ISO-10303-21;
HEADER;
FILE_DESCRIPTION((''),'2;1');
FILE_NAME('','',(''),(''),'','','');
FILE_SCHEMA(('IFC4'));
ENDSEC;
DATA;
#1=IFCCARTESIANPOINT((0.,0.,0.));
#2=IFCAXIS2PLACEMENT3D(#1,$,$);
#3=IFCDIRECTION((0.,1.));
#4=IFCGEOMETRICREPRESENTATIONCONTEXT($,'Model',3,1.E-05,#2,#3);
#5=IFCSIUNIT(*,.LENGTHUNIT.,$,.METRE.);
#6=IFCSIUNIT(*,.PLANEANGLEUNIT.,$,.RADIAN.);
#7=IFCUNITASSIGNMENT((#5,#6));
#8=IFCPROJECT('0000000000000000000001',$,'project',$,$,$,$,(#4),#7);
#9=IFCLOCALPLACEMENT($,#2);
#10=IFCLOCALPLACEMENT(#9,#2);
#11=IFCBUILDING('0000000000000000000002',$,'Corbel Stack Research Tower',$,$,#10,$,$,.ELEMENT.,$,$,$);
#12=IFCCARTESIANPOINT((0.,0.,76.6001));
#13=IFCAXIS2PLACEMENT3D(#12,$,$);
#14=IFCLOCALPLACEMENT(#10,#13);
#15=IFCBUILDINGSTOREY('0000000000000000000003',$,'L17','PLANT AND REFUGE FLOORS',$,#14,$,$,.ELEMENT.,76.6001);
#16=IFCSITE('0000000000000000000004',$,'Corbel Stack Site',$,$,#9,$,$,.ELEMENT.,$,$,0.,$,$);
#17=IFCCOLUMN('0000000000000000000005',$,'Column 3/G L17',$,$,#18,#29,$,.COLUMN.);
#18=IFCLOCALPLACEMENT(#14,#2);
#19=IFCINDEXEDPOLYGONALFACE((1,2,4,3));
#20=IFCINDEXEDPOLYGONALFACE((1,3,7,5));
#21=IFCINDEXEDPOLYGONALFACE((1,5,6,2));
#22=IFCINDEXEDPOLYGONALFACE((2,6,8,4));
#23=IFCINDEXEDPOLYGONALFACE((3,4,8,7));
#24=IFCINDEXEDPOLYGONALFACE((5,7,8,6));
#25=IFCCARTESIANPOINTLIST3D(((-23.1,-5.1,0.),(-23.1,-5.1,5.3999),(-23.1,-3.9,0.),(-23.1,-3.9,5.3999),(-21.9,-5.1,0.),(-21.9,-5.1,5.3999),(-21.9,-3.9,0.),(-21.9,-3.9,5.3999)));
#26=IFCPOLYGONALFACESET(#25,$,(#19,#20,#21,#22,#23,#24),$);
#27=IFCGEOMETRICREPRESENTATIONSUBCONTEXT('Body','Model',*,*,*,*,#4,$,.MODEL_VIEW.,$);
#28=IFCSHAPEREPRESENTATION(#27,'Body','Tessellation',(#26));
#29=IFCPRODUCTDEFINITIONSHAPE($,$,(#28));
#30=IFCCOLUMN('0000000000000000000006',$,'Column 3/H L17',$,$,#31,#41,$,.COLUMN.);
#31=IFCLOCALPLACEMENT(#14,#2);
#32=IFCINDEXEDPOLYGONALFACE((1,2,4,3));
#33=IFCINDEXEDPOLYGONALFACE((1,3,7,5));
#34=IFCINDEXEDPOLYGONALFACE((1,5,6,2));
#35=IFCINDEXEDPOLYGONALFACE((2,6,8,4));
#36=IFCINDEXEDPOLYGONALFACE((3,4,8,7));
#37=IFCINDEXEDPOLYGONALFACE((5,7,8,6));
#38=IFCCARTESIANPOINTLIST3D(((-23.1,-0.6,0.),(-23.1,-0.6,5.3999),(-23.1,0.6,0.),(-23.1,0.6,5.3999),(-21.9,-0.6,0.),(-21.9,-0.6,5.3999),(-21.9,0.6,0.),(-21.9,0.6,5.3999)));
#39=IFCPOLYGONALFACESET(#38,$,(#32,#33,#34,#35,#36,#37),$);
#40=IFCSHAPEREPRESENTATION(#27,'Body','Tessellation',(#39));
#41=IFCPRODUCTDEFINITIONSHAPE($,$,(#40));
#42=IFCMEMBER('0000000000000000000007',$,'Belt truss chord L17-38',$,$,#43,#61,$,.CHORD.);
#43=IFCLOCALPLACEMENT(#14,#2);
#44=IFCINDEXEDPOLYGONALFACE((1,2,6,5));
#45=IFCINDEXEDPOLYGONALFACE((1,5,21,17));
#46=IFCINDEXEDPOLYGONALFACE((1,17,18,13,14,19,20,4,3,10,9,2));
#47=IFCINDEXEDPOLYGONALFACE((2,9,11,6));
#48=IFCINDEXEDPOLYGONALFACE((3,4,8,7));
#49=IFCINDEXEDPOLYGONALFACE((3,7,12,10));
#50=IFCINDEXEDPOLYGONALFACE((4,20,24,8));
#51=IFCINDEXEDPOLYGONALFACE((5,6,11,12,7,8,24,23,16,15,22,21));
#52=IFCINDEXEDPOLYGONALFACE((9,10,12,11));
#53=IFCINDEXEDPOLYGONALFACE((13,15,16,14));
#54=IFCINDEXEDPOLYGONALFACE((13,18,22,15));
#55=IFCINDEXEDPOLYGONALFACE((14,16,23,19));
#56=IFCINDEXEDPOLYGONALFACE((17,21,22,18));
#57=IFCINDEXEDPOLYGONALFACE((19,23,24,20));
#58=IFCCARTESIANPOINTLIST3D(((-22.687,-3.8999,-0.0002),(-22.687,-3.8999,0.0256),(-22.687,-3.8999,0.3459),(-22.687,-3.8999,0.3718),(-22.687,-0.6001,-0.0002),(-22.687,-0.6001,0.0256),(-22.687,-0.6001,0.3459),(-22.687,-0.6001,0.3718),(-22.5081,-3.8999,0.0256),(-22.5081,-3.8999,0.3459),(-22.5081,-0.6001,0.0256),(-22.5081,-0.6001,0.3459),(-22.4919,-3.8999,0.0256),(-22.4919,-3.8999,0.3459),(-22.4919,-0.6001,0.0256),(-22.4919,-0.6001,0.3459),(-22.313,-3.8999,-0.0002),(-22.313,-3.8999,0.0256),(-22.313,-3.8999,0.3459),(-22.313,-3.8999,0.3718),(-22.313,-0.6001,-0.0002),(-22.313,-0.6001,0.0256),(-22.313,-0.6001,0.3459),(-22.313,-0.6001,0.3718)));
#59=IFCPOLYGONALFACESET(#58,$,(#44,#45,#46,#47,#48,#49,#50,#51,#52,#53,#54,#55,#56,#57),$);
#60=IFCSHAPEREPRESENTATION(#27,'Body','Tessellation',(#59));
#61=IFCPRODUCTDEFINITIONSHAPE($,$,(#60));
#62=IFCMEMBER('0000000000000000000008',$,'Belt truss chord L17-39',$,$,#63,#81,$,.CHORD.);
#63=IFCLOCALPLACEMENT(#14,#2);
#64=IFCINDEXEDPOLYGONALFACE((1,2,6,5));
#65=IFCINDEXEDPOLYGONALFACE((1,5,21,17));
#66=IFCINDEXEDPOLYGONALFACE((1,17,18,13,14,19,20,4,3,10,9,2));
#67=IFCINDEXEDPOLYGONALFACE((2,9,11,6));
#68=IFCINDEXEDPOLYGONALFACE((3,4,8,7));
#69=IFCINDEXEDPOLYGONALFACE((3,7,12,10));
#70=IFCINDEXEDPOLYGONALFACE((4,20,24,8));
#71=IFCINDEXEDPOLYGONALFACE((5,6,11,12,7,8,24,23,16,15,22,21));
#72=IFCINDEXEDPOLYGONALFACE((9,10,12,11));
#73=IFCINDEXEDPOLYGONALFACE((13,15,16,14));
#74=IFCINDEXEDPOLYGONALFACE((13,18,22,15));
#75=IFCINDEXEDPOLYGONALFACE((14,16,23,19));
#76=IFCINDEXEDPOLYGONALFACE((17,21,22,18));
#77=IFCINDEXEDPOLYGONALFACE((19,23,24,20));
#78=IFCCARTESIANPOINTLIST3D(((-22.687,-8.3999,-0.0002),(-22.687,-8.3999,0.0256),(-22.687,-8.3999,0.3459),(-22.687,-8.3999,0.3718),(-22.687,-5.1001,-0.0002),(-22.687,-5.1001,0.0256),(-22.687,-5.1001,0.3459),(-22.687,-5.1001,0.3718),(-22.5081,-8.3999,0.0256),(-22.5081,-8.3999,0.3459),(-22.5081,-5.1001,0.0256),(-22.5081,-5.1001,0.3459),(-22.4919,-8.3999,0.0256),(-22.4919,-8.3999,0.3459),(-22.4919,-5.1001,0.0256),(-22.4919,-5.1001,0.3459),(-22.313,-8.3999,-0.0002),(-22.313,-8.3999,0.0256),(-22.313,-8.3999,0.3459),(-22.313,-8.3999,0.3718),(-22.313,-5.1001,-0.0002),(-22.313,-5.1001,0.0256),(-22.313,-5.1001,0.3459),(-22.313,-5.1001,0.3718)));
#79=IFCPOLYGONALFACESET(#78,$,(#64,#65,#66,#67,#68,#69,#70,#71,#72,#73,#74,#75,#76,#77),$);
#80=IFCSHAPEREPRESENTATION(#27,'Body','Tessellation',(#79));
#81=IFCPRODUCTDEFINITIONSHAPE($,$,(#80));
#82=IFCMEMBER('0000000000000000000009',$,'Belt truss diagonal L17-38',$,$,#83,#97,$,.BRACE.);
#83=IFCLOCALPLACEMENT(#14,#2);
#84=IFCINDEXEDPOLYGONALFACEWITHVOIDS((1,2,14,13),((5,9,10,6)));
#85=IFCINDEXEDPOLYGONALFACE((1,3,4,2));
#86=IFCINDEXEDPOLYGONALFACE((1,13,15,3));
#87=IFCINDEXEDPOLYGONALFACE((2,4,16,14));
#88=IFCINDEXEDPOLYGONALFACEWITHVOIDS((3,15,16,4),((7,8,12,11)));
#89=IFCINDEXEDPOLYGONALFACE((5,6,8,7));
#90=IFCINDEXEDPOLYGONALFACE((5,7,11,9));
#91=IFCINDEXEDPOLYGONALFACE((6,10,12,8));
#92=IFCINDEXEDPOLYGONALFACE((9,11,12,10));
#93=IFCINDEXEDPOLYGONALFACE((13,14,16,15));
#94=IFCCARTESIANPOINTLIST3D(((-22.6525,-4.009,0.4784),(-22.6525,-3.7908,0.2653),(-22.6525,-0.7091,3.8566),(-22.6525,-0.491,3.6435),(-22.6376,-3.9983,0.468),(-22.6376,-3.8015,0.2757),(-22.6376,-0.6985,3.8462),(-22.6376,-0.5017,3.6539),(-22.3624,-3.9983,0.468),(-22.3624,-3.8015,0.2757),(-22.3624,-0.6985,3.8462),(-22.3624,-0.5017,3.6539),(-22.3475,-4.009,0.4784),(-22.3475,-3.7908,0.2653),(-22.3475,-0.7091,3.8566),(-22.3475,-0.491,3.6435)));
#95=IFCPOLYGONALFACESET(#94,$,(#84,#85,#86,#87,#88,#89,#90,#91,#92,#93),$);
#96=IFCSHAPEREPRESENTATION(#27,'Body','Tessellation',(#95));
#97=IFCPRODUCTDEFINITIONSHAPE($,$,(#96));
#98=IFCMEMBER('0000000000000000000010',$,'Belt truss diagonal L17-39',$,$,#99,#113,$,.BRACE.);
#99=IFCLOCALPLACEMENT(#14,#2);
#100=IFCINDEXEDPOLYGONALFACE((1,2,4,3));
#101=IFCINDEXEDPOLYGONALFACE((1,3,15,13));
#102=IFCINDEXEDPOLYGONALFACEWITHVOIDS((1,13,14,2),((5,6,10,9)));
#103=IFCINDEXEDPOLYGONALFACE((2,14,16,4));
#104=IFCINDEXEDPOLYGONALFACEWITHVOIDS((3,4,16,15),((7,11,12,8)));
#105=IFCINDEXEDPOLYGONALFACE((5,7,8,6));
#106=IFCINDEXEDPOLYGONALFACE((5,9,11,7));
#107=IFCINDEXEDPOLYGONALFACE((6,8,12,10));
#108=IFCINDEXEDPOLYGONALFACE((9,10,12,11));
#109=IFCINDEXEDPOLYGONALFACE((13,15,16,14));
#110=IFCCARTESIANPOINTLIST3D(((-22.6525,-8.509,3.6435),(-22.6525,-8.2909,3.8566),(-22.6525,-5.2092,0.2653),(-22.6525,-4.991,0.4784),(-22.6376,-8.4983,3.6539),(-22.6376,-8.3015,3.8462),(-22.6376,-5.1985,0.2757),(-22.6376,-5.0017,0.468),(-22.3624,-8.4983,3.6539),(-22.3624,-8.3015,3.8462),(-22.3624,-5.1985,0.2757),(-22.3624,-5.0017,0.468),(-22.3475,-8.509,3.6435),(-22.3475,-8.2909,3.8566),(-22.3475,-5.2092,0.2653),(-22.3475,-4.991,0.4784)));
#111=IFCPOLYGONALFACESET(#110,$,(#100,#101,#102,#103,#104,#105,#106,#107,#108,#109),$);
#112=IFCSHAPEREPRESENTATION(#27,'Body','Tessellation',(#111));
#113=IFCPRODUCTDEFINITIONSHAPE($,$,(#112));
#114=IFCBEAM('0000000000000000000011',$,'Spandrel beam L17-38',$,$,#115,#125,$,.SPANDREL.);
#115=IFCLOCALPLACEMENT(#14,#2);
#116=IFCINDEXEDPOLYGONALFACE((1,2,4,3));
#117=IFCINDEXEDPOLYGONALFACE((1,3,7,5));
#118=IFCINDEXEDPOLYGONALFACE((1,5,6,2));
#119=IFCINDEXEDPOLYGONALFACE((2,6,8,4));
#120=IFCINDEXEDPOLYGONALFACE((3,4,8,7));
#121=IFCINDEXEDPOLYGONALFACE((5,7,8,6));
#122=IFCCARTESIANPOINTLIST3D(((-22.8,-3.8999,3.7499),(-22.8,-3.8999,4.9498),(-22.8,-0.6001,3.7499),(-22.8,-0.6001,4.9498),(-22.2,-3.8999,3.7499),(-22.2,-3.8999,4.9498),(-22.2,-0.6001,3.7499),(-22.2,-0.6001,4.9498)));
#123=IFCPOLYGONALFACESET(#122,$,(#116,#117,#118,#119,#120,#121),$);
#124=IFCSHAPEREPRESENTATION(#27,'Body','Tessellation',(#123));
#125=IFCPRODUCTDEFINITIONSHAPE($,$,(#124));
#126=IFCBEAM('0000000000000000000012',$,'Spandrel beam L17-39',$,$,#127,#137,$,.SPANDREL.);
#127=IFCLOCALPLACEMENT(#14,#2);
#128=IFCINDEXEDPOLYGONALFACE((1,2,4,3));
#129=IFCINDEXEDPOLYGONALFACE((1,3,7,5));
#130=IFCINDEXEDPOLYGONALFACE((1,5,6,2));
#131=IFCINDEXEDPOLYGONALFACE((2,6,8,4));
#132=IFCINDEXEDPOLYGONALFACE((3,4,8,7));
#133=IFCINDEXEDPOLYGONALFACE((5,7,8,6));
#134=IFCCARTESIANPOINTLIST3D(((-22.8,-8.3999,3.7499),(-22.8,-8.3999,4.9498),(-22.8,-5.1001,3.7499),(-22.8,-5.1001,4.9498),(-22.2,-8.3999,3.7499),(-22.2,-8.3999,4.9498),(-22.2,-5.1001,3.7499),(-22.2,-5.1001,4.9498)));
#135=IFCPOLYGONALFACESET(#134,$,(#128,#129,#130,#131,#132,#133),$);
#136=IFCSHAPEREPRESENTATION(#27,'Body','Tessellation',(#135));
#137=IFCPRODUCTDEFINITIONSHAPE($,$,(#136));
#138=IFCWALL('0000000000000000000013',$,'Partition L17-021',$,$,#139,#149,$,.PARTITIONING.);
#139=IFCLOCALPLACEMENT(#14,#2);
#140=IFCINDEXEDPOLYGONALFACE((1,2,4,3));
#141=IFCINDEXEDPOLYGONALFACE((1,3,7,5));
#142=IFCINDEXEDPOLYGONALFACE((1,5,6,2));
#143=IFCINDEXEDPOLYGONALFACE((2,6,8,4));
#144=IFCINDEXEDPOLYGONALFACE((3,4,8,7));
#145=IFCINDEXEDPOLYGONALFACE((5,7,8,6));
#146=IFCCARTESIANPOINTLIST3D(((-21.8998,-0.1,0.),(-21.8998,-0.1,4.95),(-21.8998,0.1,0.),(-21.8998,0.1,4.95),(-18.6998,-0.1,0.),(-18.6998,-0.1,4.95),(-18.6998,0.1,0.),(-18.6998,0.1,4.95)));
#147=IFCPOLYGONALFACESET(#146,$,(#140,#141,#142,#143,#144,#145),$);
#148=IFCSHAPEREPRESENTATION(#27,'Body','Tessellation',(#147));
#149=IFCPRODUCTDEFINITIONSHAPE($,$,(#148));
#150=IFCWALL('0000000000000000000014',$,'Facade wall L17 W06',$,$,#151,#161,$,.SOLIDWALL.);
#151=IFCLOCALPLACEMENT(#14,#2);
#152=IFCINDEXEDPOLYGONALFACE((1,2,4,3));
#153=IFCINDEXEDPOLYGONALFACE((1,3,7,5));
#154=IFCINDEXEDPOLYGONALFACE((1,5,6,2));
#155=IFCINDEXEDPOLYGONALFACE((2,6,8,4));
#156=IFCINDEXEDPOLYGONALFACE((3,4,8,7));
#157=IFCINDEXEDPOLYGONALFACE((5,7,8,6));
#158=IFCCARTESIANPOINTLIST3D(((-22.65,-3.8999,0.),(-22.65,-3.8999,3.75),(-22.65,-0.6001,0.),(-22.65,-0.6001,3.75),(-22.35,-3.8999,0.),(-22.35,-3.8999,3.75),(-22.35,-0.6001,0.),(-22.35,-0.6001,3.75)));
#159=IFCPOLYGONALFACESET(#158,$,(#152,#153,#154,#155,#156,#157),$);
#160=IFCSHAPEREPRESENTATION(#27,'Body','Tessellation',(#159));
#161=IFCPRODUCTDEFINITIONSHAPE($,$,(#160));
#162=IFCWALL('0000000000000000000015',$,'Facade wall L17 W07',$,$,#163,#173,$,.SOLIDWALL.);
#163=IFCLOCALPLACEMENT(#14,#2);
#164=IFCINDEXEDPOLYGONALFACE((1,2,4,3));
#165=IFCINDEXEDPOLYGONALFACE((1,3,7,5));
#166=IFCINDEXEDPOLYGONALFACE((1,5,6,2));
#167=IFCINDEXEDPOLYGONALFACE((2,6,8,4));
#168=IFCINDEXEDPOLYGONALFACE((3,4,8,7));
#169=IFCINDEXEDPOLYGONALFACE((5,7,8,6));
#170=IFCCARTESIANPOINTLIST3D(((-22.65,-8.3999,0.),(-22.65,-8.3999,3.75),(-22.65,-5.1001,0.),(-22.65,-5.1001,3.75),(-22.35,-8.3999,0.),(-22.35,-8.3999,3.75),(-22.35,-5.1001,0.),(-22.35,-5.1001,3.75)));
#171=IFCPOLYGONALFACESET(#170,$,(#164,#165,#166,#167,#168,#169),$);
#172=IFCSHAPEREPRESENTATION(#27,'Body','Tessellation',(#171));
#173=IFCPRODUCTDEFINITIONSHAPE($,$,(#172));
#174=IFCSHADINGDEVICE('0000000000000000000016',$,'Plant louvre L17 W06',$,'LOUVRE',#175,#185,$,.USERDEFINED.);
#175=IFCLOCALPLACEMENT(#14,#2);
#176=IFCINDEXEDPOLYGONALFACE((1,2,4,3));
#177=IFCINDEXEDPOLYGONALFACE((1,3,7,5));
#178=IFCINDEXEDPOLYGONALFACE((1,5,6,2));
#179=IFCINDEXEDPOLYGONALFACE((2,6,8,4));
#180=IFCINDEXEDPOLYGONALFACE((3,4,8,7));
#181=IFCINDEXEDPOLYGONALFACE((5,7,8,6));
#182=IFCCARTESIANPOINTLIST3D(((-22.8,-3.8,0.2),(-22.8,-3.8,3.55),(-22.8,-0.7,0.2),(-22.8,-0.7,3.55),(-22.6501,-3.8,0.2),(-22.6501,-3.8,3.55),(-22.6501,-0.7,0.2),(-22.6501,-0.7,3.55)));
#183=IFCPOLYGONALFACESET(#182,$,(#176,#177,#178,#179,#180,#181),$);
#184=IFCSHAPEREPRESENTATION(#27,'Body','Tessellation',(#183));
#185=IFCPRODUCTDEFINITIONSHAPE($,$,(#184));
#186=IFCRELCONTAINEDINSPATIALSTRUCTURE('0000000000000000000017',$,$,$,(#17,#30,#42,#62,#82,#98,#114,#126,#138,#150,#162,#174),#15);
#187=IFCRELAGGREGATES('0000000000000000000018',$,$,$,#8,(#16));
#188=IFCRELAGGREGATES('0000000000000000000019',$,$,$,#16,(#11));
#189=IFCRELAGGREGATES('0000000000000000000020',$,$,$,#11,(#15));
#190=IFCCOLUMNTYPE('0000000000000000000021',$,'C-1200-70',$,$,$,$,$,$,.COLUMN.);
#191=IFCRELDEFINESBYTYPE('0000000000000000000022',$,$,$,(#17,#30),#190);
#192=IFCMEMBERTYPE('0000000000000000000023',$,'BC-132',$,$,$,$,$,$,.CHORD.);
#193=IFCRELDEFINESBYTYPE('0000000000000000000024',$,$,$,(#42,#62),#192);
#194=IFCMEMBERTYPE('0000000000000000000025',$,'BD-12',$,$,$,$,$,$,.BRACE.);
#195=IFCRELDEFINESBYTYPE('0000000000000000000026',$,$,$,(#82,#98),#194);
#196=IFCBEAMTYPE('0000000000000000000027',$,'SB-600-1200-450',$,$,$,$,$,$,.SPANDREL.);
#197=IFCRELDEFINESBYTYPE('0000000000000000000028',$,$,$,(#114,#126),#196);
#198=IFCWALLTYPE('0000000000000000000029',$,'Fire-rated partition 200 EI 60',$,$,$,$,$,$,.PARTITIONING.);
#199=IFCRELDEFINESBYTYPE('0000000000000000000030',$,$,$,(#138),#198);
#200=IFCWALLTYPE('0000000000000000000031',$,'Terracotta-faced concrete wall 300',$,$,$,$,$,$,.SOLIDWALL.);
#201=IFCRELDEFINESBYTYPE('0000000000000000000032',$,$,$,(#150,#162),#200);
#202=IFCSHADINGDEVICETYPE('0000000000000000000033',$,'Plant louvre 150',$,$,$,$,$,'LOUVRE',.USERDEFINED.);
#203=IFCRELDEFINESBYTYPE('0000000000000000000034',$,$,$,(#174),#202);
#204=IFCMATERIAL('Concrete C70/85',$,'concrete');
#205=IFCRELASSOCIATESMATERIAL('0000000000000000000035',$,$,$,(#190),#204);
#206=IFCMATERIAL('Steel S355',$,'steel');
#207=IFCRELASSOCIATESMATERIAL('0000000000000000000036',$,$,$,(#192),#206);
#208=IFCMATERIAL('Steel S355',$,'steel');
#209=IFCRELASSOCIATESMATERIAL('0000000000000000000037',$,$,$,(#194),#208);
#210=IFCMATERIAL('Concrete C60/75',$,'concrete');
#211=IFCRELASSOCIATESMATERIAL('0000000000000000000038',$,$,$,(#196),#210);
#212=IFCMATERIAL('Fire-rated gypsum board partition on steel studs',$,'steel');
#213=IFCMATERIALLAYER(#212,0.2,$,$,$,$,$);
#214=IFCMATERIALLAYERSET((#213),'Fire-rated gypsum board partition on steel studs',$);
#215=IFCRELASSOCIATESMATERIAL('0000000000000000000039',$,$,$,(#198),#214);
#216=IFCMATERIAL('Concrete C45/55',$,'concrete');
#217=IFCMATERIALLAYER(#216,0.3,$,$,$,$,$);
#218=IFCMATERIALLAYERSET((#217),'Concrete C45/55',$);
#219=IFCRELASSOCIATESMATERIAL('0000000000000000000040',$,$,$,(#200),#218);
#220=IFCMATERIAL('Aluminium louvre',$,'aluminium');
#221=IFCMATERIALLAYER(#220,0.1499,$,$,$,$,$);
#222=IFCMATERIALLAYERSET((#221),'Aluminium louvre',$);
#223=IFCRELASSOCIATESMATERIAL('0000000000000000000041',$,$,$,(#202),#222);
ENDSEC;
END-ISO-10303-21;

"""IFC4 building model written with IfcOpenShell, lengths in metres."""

from ifc_helpers import new_model, si_unit, direction, frame, frame_2d, origin, origin_2d, place, context, subcontext, project, spatial, rectangle, hollow_rectangle, i_section, extrude, material, layer, layer_set, material_profile, profile_set, type_object, element, save


model = new_model("IFC4")

# Units and contexts
model_context = context("Model", 3, precision=1e-05, world=origin(), true_north=direction((0.0, 1.0)))
body_context = subcontext(model_context, "Body", "Model", "MODEL_VIEW")
ifc_project = project(units=[si_unit("LENGTHUNIT", "METRE"), si_unit("PLANEANGLEUNIT", "RADIAN")], contexts=[model_context])

# Site, building, storey
site_placement = place(None, origin())
site = spatial("IfcSite", under=ifc_project, at=site_placement, Name="Corbel Stack Site", CompositionType="ELEMENT", RefElevation=0.0)
building_placement = place(site_placement, origin())
building = spatial("IfcBuilding", under=site, at=building_placement, Name="Corbel Stack Research Tower", CompositionType="ELEMENT")
storey_placement = place(building_placement, frame((0.0, 0.0, 76.6001)))
storey = spatial("IfcBuildingStorey", under=building, at=storey_placement, Name="L17", Description="PLANT AND REFUGE FLOORS", CompositionType="ELEMENT", Elevation=76.6001)

# Columns
ifc_material_1 = material(Name="Concrete C70/85", Category="concrete")
ifc_material_profile_1 = material_profile(ifc_material_1, rectangle(XDim=1.2, YDim=1.2, at=origin_2d()), Name="RC 1200 x 1200")
ifc_profile_set_1 = profile_set([ifc_material_profile_1], Name="Concrete C70/85")
column_type = type_object("IfcColumnType", Name="C-1200-70", PredefinedType="COLUMN", material=ifc_profile_set_1)
for number, where, z_axis, x_axis, name in (
    (1, (-22.5, -4.5, 0.0), (0.0, 0.0, 1.0), (1.0, 0.0, 0.0), "Column 3/G L17"),
    (2, (-22.5, 0.0, 0.0), (0.0, 0.0, 1.0), (1.0, 0.0, 0.0), "Column 3/H L17"),
):
    element("IfcColumn", number, at=place(storey_placement, frame(where, z_axis=z_axis, x_axis=x_axis)), inside=storey, type_object=column_type, Name=name, PredefinedType="COLUMN", context=body_context, shape_type="SweptSolid", body=[
        extrude(rectangle(XDim=1.2, YDim=1.2, at=origin_2d()), origin(), (0.0, 0.0, 1.0), 5.3999),
    ])

# Members
ifc_material_2 = material(Name="Steel S355", Category="steel")
ifc_material_profile_2 = material_profile(ifc_material_2, i_section(OverallWidth=0.374, OverallDepth=0.3721, WebThickness=0.0161, FlangeThickness=0.0259, at=origin_2d()), Name="W14x132")
ifc_profile_set_2 = profile_set([ifc_material_profile_2], Name="Steel S355")
member_type_1 = type_object("IfcMemberType", Name="BC-132", PredefinedType="CHORD", material=ifc_profile_set_2)
for number, where, z_axis, x_axis, name in (
    (3, (-22.5, -0.6001, 0.1858), (0.0, -1.0, 0.0), (1.0, 0.0, 0.0), "Belt truss chord L17-38"),
    (4, (-22.5, -5.1001, 0.1858), (0.0, -1.0, 0.0), (1.0, 0.0, 0.0), "Belt truss chord L17-39"),
):
    element("IfcMember", number, at=place(storey_placement, frame(where, z_axis=z_axis, x_axis=x_axis)), inside=storey, type_object=member_type_1, Name=name, PredefinedType="CHORD", context=body_context, shape_type="SweptSolid", body=[
        extrude(i_section(OverallWidth=0.374, OverallDepth=0.3721, WebThickness=0.0161, FlangeThickness=0.0259, at=origin_2d()), origin(), (0.0, 0.0, 1.0), 3.2998),
    ])
ifc_material_3 = material(Name="Steel S355", Category="steel")
ifc_material_profile_3 = material_profile(ifc_material_3, hollow_rectangle(XDim=0.3049, YDim=0.3049, WallThickness=0.0149, at=origin_2d()), Name="HSS12x12x5/8")
ifc_profile_set_3 = profile_set([ifc_material_profile_3], Name="Steel S355")
member_type_2 = type_object("IfcMemberType", Name="BD-12", PredefinedType="BRACE", material=ifc_profile_set_3)
for number, where, z_axis, x_axis, name in (
    (5, (-22.5, -3.8999, 0.3718), (0.0, 0.69876, 0.715356), (-1.0, 0.0, 0.0), "Belt truss diagonal L17-38"),
    (6, (-22.5, -5.1001, 0.3718), (0.0, -0.69876, 0.715356), (1.0, 0.0, 0.0), "Belt truss diagonal L17-39"),
):
    element("IfcMember", number, at=place(storey_placement, frame(where, z_axis=z_axis, x_axis=x_axis)), inside=storey, type_object=member_type_2, Name=name, PredefinedType="BRACE", context=body_context, shape_type="SweptSolid", body=[
        extrude(hollow_rectangle(XDim=0.3049, YDim=0.3049, WallThickness=0.0149, at=origin_2d()), origin(), (0.0, 0.0, 1.0), 4.7224),
    ])

# Beams
ifc_material_4 = material(Name="Concrete C60/75", Category="concrete")
ifc_material_profile_4 = material_profile(ifc_material_4, rectangle(XDim=0.6001, YDim=1.2, at=origin_2d()), Name="RC 600 x 1200")
ifc_profile_set_4 = profile_set([ifc_material_profile_4], Name="Concrete C60/75")
beam_type = type_object("IfcBeamType", Name="SB-600-1200-450", PredefinedType="SPANDREL", material=ifc_profile_set_4)
for number, where, z_axis, x_axis, name in (
    (7, (-22.5, -0.6001, 4.3499), (0.0, -1.0, 0.0), (1.0, 0.0, 0.0), "Spandrel beam L17-38"),
    (8, (-22.5, -5.1001, 4.3499), (0.0, -1.0, 0.0), (1.0, 0.0, 0.0), "Spandrel beam L17-39"),
):
    element("IfcBeam", number, at=place(storey_placement, frame(where, z_axis=z_axis, x_axis=x_axis)), inside=storey, type_object=beam_type, Name=name, PredefinedType="SPANDREL", context=body_context, shape_type="SweptSolid", body=[
        extrude(rectangle(XDim=0.6001, YDim=1.2, at=origin_2d()), origin(), (0.0, 0.0, 1.0), 3.2998),
    ])

# Walls
ifc_material_5 = material(Name="Fire-rated gypsum board partition on steel studs", Category="steel")
ifc_layer_1 = layer(ifc_material_5, 0.2)
ifc_layer_set_1 = layer_set([ifc_layer_1], Name="Fire-rated gypsum board partition on steel studs")
wall_type_1 = type_object("IfcWallType", Name="Fire-rated partition 200 EI 60", PredefinedType="PARTITIONING", material=ifc_layer_set_1)
wall_placement = place(storey_placement, frame((-21.8999, 0.0, 0.0), z_axis=(0.0, 0.0, 1.0), x_axis=(1.0, 0.0, 0.0)))
element("IfcWall", 9, at=wall_placement, inside=storey, type_object=wall_type_1, Name="Partition L17-021", PredefinedType="PARTITIONING", context=body_context, shape_type="SweptSolid", body=[
    extrude(rectangle(XDim=3.2, YDim=0.2, at=frame_2d((1.6001, 0.0))), origin(), (0.0, 0.0, 1.0), 4.95),
])
ifc_material_6 = material(Name="Concrete C45/55", Category="concrete")
ifc_layer_2 = layer(ifc_material_6, 0.3)
ifc_layer_set_2 = layer_set([ifc_layer_2], Name="Concrete C45/55")
wall_type_2 = type_object("IfcWallType", Name="Terracotta-faced concrete wall 300", PredefinedType="SOLIDWALL", material=ifc_layer_set_2)
for number, where, z_axis, x_axis, name in (
    (10, (-22.5, -3.8999, 0.0), (0.0, 0.0, 1.0), (0.0, 1.0, 0.0), "Facade wall L17 W06"),
    (11, (-22.5, -8.3999, 0.0), (0.0, 0.0, 1.0), (0.0, 1.0, 0.0), "Facade wall L17 W07"),
):
    element("IfcWall", number, at=place(storey_placement, frame(where, z_axis=z_axis, x_axis=x_axis)), inside=storey, type_object=wall_type_2, Name=name, PredefinedType="SOLIDWALL", context=body_context, shape_type="SweptSolid", body=[
        extrude(rectangle(XDim=3.2998, YDim=0.3, at=frame_2d((1.6499, 0.0))), origin(), (0.0, 0.0, 1.0), 3.75),
    ])

# Shading device
ifc_material_7 = material(Name="Aluminium louvre", Category="aluminium")
ifc_layer_3 = layer(ifc_material_7, 0.1499)
ifc_layer_set_3 = layer_set([ifc_layer_3], Name="Aluminium louvre")
shading_device_type = type_object("IfcShadingDeviceType", Name="Plant louvre 150", ElementType="LOUVRE", PredefinedType="USERDEFINED", material=ifc_layer_set_3)
for number, where, z_axis, x_axis, name in (
    (12, (-22.7251, -2.25, 0.2), (0.0, 0.0, 1.0), (0.0, -1.0, 0.0), "Plant louvre L17 W06"),
):
    element("IfcShadingDevice", number, at=place(storey_placement, frame(where, z_axis=z_axis, x_axis=x_axis)), inside=storey, type_object=shading_device_type, Name=name, ObjectType="LOUVRE", PredefinedType="USERDEFINED", context=body_context, shape_type="SweptSolid", body=[
        extrude(rectangle(XDim=3.1001, YDim=0.1499, at=origin_2d()), origin(), (0.0, 0.0, 1.0), 3.3501),
    ])

save(model, "model.ifc")
